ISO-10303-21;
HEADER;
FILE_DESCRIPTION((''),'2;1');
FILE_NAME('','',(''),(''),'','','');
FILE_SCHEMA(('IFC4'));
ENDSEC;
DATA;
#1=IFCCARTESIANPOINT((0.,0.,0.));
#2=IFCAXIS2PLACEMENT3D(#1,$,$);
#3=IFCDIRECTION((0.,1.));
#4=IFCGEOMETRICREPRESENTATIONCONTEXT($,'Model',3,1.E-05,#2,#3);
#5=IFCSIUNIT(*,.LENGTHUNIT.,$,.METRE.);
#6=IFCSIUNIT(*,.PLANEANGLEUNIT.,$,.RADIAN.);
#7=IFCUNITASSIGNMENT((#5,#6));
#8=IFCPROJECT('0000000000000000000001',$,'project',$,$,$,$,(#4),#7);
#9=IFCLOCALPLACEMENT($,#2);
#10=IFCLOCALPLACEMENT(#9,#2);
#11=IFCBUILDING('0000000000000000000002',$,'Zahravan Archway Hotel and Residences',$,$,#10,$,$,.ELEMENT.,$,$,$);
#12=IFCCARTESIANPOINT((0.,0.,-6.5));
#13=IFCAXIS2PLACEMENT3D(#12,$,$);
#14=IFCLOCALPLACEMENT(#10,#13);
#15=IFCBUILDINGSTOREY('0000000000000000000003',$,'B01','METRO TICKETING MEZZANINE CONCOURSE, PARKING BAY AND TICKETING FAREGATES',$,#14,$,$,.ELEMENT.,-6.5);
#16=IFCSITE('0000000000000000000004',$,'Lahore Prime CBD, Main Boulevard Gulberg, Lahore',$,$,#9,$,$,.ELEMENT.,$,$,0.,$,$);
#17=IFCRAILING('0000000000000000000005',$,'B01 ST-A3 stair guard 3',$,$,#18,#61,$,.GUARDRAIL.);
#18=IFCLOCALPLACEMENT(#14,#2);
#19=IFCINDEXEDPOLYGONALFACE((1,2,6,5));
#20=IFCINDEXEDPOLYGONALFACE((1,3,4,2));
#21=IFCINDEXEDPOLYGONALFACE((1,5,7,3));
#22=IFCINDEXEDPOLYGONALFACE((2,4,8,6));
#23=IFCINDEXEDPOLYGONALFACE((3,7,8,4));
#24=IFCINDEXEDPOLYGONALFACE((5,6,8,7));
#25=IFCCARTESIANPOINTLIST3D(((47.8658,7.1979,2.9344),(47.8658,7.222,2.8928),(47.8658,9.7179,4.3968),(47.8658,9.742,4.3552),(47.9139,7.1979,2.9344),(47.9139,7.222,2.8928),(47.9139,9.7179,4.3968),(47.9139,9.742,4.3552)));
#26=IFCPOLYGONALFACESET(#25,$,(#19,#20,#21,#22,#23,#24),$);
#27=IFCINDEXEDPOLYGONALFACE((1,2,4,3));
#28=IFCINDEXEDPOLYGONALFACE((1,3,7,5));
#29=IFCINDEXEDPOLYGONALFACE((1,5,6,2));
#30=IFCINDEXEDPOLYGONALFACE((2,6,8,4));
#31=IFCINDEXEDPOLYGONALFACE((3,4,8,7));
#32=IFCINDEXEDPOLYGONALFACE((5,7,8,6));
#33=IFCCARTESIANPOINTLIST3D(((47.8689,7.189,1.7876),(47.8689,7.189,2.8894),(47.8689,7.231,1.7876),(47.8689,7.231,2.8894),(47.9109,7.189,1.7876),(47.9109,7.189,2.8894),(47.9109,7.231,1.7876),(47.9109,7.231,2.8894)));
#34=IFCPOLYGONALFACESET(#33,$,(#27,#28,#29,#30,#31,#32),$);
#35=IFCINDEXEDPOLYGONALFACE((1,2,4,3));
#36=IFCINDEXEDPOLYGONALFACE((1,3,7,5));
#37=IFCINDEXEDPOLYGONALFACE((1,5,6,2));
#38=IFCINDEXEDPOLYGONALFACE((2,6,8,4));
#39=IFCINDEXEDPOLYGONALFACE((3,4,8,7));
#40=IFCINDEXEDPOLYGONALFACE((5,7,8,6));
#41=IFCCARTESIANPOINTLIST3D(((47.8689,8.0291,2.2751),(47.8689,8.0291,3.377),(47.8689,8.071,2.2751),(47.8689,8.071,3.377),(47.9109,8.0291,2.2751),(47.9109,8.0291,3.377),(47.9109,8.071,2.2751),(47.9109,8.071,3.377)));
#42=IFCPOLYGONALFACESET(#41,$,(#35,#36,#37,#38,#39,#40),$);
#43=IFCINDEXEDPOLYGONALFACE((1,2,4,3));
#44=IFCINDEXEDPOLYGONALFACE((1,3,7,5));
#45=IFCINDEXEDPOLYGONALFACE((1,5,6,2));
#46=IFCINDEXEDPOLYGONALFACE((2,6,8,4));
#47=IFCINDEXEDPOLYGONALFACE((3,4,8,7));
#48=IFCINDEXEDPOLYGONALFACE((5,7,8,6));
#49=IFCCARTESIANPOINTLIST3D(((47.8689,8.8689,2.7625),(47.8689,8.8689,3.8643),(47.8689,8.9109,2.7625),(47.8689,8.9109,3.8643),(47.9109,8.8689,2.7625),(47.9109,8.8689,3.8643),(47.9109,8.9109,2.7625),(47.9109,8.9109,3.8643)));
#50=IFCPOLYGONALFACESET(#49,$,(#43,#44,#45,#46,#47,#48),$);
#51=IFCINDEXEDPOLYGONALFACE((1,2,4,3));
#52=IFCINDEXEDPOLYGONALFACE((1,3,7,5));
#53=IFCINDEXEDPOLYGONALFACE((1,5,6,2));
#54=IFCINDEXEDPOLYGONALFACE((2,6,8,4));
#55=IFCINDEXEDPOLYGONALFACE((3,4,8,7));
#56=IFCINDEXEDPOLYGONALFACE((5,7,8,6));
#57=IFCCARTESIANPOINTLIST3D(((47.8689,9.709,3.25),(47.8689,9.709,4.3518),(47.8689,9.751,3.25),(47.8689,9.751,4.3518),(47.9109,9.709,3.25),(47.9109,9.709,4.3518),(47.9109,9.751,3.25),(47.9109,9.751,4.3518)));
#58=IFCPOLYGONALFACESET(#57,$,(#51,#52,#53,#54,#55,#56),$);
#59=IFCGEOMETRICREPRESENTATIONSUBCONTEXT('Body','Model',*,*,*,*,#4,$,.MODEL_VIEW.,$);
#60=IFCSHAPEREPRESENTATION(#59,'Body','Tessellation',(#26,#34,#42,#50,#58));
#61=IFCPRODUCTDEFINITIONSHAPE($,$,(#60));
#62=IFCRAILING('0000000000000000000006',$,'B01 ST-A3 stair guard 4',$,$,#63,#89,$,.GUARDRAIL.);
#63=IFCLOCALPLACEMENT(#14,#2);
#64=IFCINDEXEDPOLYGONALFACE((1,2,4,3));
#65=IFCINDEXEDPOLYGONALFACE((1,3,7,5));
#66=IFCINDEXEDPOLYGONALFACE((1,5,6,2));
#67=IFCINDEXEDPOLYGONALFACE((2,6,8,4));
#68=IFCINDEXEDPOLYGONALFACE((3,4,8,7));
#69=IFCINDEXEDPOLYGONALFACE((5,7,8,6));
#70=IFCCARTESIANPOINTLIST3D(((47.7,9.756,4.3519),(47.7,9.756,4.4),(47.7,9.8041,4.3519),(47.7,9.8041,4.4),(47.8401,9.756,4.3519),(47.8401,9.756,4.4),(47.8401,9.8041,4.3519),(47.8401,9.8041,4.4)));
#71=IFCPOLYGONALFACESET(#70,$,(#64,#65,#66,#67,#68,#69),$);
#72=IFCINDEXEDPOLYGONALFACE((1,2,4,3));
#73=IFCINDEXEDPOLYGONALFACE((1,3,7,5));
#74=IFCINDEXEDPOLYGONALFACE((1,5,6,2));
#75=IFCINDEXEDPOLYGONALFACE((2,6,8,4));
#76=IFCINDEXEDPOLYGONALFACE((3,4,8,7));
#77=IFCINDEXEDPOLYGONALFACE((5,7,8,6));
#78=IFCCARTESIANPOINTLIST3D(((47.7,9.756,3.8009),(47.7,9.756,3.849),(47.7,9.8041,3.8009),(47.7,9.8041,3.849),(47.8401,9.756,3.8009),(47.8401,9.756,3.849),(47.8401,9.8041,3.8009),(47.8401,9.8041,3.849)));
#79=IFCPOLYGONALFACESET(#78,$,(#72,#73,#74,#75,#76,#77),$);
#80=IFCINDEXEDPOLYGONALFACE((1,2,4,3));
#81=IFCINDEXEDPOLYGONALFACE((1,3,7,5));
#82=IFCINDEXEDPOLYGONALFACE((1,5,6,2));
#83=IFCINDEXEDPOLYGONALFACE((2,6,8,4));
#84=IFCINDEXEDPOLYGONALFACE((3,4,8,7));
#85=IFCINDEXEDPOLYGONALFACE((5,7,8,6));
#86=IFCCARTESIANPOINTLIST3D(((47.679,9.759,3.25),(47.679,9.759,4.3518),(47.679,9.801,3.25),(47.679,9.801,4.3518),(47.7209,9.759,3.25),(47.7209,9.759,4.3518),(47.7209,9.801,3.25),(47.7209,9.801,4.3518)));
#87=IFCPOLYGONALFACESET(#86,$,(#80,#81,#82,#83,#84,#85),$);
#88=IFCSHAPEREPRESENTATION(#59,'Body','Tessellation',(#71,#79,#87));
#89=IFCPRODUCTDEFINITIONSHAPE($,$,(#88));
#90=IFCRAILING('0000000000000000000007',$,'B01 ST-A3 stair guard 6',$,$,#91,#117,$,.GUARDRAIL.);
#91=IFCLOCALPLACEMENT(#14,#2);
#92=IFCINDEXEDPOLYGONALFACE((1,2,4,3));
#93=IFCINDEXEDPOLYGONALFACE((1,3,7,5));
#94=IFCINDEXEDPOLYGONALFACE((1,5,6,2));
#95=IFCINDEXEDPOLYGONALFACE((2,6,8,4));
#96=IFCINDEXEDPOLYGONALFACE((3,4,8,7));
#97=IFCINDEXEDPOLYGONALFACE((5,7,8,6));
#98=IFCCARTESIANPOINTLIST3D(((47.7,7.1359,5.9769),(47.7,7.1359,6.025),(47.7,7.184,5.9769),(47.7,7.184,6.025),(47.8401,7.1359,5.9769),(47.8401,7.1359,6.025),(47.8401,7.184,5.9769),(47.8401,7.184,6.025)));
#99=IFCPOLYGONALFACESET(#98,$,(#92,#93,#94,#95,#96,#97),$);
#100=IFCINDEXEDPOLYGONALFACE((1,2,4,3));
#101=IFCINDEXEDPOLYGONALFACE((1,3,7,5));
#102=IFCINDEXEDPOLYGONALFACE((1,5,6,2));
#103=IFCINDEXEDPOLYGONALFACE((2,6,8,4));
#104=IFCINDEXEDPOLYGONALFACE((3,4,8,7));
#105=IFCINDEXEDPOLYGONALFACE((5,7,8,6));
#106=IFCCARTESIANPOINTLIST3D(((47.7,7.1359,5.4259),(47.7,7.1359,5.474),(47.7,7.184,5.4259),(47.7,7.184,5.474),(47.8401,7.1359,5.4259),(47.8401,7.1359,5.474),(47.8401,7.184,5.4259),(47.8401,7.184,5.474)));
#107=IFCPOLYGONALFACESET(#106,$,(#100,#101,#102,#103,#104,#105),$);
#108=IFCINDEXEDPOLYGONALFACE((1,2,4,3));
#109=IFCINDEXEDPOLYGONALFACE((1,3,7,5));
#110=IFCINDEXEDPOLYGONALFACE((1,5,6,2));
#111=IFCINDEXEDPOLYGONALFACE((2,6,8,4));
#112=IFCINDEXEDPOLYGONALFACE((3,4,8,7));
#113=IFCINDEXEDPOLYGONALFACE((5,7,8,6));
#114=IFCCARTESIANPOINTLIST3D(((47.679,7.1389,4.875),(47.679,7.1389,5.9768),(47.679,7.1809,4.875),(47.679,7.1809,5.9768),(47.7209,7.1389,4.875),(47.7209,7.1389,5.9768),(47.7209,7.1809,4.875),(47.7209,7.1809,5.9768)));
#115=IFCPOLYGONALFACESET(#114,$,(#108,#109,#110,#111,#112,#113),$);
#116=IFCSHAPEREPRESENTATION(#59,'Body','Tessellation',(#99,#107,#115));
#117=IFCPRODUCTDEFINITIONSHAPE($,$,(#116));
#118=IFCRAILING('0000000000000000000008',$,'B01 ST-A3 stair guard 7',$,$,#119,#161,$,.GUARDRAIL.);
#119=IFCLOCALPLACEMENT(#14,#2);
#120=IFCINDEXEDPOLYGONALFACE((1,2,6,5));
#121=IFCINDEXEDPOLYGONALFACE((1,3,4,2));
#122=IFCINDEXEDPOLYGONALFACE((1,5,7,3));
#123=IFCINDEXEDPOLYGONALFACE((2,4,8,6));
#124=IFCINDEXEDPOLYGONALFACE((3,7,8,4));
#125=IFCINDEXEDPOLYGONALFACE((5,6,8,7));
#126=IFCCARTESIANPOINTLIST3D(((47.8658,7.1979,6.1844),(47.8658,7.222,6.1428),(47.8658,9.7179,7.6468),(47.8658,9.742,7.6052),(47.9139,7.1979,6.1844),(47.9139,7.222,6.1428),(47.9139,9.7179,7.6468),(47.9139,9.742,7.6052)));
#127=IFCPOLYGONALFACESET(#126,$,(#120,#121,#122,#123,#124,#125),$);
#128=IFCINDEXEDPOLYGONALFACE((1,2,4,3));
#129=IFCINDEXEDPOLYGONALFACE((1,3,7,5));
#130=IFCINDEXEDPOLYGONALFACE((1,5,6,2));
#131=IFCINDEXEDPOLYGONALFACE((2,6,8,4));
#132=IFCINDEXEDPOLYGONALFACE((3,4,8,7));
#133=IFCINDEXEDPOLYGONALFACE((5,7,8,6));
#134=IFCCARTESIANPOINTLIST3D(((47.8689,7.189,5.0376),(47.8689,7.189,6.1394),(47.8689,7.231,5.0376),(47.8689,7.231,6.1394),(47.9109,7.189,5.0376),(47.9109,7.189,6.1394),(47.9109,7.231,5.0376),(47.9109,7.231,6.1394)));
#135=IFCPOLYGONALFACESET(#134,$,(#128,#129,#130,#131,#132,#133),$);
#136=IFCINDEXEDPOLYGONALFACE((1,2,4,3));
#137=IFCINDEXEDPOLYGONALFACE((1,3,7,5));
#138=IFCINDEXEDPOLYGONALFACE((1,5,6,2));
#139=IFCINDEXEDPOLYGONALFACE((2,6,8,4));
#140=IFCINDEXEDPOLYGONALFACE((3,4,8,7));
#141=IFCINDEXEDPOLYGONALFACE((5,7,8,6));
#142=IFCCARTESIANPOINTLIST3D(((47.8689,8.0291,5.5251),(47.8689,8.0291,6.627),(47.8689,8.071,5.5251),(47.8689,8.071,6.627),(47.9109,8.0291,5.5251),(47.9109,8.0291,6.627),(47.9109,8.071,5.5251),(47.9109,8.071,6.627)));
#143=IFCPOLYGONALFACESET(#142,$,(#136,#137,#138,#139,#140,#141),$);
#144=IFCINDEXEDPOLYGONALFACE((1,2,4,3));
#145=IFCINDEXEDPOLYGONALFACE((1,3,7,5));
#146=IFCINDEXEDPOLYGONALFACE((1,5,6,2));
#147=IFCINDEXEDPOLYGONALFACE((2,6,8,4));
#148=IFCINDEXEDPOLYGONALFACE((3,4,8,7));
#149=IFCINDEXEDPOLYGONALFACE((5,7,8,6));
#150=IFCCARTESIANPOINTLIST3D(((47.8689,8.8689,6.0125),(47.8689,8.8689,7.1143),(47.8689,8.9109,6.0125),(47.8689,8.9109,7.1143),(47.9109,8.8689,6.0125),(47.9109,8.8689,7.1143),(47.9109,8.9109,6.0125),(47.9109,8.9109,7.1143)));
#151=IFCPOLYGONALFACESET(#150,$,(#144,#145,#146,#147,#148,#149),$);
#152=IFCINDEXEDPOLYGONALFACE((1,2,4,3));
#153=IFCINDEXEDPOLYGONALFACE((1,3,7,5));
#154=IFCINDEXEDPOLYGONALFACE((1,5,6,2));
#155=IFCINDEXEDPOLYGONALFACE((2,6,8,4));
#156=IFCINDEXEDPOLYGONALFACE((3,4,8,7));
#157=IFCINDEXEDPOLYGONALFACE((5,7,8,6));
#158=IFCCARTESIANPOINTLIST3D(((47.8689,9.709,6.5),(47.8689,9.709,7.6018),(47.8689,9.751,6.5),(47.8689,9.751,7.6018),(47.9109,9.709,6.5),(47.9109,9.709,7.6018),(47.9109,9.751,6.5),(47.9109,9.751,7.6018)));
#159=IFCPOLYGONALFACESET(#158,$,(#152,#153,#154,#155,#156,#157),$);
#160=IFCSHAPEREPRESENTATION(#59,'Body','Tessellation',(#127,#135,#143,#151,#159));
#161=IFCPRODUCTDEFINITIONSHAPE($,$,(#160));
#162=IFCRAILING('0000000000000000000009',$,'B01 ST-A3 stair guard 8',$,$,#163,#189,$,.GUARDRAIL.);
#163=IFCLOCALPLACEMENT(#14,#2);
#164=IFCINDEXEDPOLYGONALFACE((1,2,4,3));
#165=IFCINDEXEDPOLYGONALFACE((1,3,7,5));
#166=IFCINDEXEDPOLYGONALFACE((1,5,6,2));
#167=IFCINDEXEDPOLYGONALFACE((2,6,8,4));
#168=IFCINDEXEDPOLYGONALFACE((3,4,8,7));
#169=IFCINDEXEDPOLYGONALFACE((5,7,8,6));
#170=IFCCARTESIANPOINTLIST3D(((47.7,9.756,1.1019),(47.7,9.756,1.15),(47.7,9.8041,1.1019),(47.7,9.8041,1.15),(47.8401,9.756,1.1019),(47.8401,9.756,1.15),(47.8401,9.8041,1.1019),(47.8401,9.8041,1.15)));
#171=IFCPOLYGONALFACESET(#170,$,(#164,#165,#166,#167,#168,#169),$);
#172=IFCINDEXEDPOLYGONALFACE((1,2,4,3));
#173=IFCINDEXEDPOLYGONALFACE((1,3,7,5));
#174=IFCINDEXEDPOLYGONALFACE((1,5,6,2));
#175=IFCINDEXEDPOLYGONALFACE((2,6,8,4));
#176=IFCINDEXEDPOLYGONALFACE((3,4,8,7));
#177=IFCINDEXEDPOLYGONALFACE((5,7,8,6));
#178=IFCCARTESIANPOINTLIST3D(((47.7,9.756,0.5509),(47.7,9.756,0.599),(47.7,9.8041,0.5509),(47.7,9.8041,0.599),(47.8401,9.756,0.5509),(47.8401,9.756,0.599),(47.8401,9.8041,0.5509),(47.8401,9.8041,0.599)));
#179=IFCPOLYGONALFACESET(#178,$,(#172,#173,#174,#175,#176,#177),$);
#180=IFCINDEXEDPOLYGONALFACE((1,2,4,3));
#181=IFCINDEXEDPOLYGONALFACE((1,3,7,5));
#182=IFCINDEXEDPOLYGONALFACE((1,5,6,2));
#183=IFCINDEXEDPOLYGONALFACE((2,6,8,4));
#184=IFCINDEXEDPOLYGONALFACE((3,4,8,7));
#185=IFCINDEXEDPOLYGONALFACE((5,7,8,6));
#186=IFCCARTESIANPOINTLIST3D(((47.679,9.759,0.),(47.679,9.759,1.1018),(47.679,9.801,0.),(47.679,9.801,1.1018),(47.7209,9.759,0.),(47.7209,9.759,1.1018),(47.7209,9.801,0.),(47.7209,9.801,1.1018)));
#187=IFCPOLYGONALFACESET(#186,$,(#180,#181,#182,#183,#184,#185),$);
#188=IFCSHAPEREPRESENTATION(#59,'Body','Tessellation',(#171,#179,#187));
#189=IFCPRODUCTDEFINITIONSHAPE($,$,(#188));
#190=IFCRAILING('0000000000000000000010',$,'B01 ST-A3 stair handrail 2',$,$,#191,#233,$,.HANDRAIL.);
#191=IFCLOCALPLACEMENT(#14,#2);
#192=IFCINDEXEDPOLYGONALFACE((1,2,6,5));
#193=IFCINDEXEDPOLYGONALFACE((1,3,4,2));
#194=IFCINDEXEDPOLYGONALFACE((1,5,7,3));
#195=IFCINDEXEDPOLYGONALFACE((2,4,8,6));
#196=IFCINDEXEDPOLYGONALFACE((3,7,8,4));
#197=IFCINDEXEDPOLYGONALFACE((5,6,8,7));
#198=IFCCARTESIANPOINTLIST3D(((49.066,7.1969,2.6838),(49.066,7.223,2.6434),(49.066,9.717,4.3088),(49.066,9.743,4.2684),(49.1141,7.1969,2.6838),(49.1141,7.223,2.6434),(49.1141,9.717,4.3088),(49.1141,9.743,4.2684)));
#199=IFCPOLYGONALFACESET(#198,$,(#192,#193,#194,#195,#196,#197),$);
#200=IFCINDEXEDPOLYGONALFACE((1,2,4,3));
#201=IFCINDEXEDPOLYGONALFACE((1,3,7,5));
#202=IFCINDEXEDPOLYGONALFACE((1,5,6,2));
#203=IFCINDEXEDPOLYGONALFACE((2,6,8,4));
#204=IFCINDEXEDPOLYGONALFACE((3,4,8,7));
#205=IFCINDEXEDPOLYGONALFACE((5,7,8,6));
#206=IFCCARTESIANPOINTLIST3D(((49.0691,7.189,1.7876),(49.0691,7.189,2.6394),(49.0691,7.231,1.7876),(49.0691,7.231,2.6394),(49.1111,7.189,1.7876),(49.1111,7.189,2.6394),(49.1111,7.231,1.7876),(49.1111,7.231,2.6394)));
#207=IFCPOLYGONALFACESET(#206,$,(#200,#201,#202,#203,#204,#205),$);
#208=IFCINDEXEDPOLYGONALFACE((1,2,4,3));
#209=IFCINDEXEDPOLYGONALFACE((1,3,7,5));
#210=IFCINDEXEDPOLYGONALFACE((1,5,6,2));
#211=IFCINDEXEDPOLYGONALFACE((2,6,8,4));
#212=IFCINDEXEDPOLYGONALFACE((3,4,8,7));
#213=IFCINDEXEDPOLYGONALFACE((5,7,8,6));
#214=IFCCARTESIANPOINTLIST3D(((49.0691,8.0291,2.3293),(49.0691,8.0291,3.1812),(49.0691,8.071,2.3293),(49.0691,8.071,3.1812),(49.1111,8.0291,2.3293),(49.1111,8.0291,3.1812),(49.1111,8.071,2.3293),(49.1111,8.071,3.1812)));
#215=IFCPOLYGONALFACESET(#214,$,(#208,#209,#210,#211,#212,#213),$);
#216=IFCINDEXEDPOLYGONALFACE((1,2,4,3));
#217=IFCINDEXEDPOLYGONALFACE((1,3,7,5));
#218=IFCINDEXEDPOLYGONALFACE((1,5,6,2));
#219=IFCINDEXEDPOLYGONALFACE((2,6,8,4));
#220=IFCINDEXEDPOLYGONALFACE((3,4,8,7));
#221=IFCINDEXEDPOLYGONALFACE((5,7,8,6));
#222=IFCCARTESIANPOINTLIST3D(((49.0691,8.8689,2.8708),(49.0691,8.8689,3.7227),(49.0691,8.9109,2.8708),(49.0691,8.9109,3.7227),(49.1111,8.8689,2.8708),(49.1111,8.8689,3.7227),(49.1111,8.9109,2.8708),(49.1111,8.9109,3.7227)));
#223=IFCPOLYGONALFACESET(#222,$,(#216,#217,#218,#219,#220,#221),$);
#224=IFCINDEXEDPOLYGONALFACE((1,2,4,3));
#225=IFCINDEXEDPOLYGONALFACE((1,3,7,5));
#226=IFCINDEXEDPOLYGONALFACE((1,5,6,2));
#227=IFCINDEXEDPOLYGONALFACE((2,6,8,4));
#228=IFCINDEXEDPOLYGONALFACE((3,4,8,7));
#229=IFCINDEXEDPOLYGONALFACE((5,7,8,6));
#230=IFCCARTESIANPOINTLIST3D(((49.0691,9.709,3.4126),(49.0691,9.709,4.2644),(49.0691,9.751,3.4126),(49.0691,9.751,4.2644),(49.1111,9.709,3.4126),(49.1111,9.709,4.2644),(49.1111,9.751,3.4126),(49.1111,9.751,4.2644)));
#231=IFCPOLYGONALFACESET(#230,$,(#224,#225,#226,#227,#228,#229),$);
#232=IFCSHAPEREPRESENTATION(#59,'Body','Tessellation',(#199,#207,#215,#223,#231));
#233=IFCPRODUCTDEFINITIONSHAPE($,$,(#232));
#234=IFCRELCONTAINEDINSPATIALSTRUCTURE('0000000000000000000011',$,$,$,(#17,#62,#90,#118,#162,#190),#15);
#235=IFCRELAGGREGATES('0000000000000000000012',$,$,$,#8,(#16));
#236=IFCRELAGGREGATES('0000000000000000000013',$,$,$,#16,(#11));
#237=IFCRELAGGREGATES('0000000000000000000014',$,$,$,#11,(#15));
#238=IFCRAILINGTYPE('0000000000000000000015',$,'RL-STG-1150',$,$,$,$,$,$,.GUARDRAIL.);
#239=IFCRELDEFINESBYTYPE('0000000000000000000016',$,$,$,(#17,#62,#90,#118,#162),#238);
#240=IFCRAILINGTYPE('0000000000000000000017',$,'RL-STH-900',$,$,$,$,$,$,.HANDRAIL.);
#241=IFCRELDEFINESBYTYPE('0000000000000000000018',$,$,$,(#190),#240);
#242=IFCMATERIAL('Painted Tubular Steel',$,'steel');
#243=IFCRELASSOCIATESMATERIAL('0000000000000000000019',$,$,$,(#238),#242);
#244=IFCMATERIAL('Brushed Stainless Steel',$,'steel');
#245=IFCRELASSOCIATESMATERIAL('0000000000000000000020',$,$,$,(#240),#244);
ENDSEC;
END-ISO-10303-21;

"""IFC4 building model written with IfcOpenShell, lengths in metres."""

from ifc_helpers import new_model, si_unit, direction, frame, origin, origin_2d, place, context, subcontext, project, spatial, rectangle, extrude, material, type_object, element, save


model = new_model("IFC4")

# Units and contexts
model_context = context("Model", 3, precision=1e-05, world=origin(), true_north=direction((0.0, 1.0)))
body_context = subcontext(model_context, "Body", "Model", "MODEL_VIEW")
ifc_project = project(units=[si_unit("LENGTHUNIT", "METRE"), si_unit("PLANEANGLEUNIT", "RADIAN")], contexts=[model_context])

# Site, building, storey
site_placement = place(None, origin())
site = spatial("IfcSite", under=ifc_project, at=site_placement, Name="Lahore Prime CBD, Main Boulevard Gulberg, Lahore", CompositionType="ELEMENT", RefElevation=0.0)
building_placement = place(site_placement, origin())
building = spatial("IfcBuilding", under=site, at=building_placement, Name="Zahravan Archway Hotel and Residences", CompositionType="ELEMENT")
storey_placement = place(building_placement, frame((0.0, 0.0, -6.5)))
storey = spatial("IfcBuildingStorey", under=building, at=storey_placement, Name="B01", Description="METRO TICKETING MEZZANINE CONCOURSE, PARKING BAY AND TICKETING FAREGATES", CompositionType="ELEMENT", Elevation=-6.5)

# Railings
ifc_material_1 = material(Name="Painted Tubular Steel", Category="steel")
railing_type_1 = type_object("IfcRailingType", Name="RL-STG-1150", PredefinedType="GUARDRAIL", material=ifc_material_1)
railing_1_placement = place(storey_placement, frame((47.8899, 7.21, 1.7876)))
element("IfcRailing", 1, at=railing_1_placement, inside=storey, type_object=railing_type_1, Name="B01 ST-A3 stair guard 3", PredefinedType="GUARDRAIL", context=body_context, shape_type="SweptSolid", body=[
    extrude(rectangle(XDim=0.0481, YDim=0.0481, at=origin_2d()), frame((0.0, 0.0, 1.126), z_axis=(0.0, 0.864913, 0.501921), x_axis=(-1.0, 0.0, 0.0)), (0.0, 0.0, 1.0), 2.9136),
    extrude(rectangle(XDim=0.042, YDim=0.042, at=origin_2d()), origin(), (0.0, 0.0, 1.0), 1.1018),
    extrude(rectangle(XDim=0.042, YDim=0.042, at=origin_2d()), frame((0.0, 0.8401, 0.4875)), (0.0, 0.0, 1.0), 1.1018),
    extrude(rectangle(XDim=0.042, YDim=0.042, at=origin_2d()), frame((0.0, 1.6799, 0.9749)), (0.0, 0.0, 1.0), 1.1018),
    extrude(rectangle(XDim=0.042, YDim=0.042, at=origin_2d()), frame((0.0, 2.52, 1.4624)), (0.0, 0.0, 1.0), 1.1018),
])
for number, where, name in (
    (2, (47.7, 9.78, 3.25), "B01 ST-A3 stair guard 4"),
    (3, (47.7, 7.1599, 4.875), "B01 ST-A3 stair guard 6"),
):
    element("IfcRailing", number, at=place(storey_placement, frame(where)), inside=storey, type_object=railing_type_1, Name=name, PredefinedType="GUARDRAIL", context=body_context, shape_type="SweptSolid", body=[
        extrude(rectangle(XDim=0.0481, YDim=0.0481, at=origin_2d()), frame((0.0, 0.0, 1.126), z_axis=(1.0, 0.0, 0.0), x_axis=(0.0, 1.0, 0.0)), (0.0, 0.0, 1.0), 0.1401),
        extrude(rectangle(XDim=0.0481, YDim=0.0481, at=origin_2d()), frame((0.0, 0.0, 0.575), z_axis=(1.0, 0.0, 0.0), x_axis=(0.0, 1.0, 0.0)), (0.0, 0.0, 1.0), 0.1401),
        extrude(rectangle(XDim=0.042, YDim=0.042, at=origin_2d()), origin(), (0.0, 0.0, 1.0), 1.1018),
    ])
railing_2_placement = place(storey_placement, frame((47.8899, 7.21, 5.0376)))
element("IfcRailing", 4, at=railing_2_placement, inside=storey, type_object=railing_type_1, Name="B01 ST-A3 stair guard 7", PredefinedType="GUARDRAIL", context=body_context, shape_type="SweptSolid", body=[
    extrude(rectangle(XDim=0.0481, YDim=0.0481, at=origin_2d()), frame((0.0, 0.0, 1.126), z_axis=(0.0, 0.864913, 0.501921), x_axis=(-1.0, 0.0, 0.0)), (0.0, 0.0, 1.0), 2.9136),
    extrude(rectangle(XDim=0.042, YDim=0.042, at=origin_2d()), origin(), (0.0, 0.0, 1.0), 1.1018),
    extrude(rectangle(XDim=0.042, YDim=0.042, at=origin_2d()), frame((0.0, 0.8401, 0.4875)), (0.0, 0.0, 1.0), 1.1018),
    extrude(rectangle(XDim=0.042, YDim=0.042, at=origin_2d()), frame((0.0, 1.6799, 0.9749)), (0.0, 0.0, 1.0), 1.1018),
    extrude(rectangle(XDim=0.042, YDim=0.042, at=origin_2d()), frame((0.0, 2.52, 1.4624)), (0.0, 0.0, 1.0), 1.1018),
])
railing_3_placement = place(storey_placement, frame((47.7, 9.78, 0.0)))
element("IfcRailing", 5, at=railing_3_placement, inside=storey, type_object=railing_type_1, Name="B01 ST-A3 stair guard 8", PredefinedType="GUARDRAIL", context=body_context, shape_type="SweptSolid", body=[
    extrude(rectangle(XDim=0.0481, YDim=0.0481, at=origin_2d()), frame((0.0, 0.0, 1.126), z_axis=(1.0, 0.0, 0.0), x_axis=(0.0, 1.0, 0.0)), (0.0, 0.0, 1.0), 0.1401),
    extrude(rectangle(XDim=0.0481, YDim=0.0481, at=origin_2d()), frame((0.0, 0.0, 0.575), z_axis=(1.0, 0.0, 0.0), x_axis=(0.0, 1.0, 0.0)), (0.0, 0.0, 1.0), 0.1401),
    extrude(rectangle(XDim=0.042, YDim=0.042, at=origin_2d()), origin(), (0.0, 0.0, 1.0), 1.1018),
])
ifc_material_2 = material(Name="Brushed Stainless Steel", Category="steel")
railing_type_2 = type_object("IfcRailingType", Name="RL-STH-900", PredefinedType="HANDRAIL", material=ifc_material_2)
for number, where, name in (
    (6, (49.0901, 7.21, 1.7876), "B01 ST-A3 stair handrail 2"),
):
    element("IfcRailing", number, at=place(storey_placement, frame(where)), inside=storey, type_object=railing_type_2, Name=name, PredefinedType="HANDRAIL", context=body_context, shape_type="SweptSolid", body=[
        extrude(rectangle(XDim=0.0481, YDim=0.0481, at=origin_2d()), frame((0.0, 0.0, 0.876), z_axis=(0.0, 0.840421, 0.541934), x_axis=(-1.0, 0.0, 0.0)), (0.0, 0.0, 1.0), 2.9985),
        extrude(rectangle(XDim=0.042, YDim=0.042, at=origin_2d()), origin(), (0.0, 0.0, 1.0), 0.8518),
        extrude(rectangle(XDim=0.042, YDim=0.042, at=origin_2d()), frame((0.0, 0.8401, 0.5417)), (0.0, 0.0, 1.0), 0.8518),
        extrude(rectangle(XDim=0.042, YDim=0.042, at=origin_2d()), frame((0.0, 1.6799, 1.0833)), (0.0, 0.0, 1.0), 0.8518),
        extrude(rectangle(XDim=0.042, YDim=0.042, at=origin_2d()), frame((0.0, 2.52, 1.625)), (0.0, 0.0, 1.0), 0.8518),
    ])

save(model, "model.ifc")
